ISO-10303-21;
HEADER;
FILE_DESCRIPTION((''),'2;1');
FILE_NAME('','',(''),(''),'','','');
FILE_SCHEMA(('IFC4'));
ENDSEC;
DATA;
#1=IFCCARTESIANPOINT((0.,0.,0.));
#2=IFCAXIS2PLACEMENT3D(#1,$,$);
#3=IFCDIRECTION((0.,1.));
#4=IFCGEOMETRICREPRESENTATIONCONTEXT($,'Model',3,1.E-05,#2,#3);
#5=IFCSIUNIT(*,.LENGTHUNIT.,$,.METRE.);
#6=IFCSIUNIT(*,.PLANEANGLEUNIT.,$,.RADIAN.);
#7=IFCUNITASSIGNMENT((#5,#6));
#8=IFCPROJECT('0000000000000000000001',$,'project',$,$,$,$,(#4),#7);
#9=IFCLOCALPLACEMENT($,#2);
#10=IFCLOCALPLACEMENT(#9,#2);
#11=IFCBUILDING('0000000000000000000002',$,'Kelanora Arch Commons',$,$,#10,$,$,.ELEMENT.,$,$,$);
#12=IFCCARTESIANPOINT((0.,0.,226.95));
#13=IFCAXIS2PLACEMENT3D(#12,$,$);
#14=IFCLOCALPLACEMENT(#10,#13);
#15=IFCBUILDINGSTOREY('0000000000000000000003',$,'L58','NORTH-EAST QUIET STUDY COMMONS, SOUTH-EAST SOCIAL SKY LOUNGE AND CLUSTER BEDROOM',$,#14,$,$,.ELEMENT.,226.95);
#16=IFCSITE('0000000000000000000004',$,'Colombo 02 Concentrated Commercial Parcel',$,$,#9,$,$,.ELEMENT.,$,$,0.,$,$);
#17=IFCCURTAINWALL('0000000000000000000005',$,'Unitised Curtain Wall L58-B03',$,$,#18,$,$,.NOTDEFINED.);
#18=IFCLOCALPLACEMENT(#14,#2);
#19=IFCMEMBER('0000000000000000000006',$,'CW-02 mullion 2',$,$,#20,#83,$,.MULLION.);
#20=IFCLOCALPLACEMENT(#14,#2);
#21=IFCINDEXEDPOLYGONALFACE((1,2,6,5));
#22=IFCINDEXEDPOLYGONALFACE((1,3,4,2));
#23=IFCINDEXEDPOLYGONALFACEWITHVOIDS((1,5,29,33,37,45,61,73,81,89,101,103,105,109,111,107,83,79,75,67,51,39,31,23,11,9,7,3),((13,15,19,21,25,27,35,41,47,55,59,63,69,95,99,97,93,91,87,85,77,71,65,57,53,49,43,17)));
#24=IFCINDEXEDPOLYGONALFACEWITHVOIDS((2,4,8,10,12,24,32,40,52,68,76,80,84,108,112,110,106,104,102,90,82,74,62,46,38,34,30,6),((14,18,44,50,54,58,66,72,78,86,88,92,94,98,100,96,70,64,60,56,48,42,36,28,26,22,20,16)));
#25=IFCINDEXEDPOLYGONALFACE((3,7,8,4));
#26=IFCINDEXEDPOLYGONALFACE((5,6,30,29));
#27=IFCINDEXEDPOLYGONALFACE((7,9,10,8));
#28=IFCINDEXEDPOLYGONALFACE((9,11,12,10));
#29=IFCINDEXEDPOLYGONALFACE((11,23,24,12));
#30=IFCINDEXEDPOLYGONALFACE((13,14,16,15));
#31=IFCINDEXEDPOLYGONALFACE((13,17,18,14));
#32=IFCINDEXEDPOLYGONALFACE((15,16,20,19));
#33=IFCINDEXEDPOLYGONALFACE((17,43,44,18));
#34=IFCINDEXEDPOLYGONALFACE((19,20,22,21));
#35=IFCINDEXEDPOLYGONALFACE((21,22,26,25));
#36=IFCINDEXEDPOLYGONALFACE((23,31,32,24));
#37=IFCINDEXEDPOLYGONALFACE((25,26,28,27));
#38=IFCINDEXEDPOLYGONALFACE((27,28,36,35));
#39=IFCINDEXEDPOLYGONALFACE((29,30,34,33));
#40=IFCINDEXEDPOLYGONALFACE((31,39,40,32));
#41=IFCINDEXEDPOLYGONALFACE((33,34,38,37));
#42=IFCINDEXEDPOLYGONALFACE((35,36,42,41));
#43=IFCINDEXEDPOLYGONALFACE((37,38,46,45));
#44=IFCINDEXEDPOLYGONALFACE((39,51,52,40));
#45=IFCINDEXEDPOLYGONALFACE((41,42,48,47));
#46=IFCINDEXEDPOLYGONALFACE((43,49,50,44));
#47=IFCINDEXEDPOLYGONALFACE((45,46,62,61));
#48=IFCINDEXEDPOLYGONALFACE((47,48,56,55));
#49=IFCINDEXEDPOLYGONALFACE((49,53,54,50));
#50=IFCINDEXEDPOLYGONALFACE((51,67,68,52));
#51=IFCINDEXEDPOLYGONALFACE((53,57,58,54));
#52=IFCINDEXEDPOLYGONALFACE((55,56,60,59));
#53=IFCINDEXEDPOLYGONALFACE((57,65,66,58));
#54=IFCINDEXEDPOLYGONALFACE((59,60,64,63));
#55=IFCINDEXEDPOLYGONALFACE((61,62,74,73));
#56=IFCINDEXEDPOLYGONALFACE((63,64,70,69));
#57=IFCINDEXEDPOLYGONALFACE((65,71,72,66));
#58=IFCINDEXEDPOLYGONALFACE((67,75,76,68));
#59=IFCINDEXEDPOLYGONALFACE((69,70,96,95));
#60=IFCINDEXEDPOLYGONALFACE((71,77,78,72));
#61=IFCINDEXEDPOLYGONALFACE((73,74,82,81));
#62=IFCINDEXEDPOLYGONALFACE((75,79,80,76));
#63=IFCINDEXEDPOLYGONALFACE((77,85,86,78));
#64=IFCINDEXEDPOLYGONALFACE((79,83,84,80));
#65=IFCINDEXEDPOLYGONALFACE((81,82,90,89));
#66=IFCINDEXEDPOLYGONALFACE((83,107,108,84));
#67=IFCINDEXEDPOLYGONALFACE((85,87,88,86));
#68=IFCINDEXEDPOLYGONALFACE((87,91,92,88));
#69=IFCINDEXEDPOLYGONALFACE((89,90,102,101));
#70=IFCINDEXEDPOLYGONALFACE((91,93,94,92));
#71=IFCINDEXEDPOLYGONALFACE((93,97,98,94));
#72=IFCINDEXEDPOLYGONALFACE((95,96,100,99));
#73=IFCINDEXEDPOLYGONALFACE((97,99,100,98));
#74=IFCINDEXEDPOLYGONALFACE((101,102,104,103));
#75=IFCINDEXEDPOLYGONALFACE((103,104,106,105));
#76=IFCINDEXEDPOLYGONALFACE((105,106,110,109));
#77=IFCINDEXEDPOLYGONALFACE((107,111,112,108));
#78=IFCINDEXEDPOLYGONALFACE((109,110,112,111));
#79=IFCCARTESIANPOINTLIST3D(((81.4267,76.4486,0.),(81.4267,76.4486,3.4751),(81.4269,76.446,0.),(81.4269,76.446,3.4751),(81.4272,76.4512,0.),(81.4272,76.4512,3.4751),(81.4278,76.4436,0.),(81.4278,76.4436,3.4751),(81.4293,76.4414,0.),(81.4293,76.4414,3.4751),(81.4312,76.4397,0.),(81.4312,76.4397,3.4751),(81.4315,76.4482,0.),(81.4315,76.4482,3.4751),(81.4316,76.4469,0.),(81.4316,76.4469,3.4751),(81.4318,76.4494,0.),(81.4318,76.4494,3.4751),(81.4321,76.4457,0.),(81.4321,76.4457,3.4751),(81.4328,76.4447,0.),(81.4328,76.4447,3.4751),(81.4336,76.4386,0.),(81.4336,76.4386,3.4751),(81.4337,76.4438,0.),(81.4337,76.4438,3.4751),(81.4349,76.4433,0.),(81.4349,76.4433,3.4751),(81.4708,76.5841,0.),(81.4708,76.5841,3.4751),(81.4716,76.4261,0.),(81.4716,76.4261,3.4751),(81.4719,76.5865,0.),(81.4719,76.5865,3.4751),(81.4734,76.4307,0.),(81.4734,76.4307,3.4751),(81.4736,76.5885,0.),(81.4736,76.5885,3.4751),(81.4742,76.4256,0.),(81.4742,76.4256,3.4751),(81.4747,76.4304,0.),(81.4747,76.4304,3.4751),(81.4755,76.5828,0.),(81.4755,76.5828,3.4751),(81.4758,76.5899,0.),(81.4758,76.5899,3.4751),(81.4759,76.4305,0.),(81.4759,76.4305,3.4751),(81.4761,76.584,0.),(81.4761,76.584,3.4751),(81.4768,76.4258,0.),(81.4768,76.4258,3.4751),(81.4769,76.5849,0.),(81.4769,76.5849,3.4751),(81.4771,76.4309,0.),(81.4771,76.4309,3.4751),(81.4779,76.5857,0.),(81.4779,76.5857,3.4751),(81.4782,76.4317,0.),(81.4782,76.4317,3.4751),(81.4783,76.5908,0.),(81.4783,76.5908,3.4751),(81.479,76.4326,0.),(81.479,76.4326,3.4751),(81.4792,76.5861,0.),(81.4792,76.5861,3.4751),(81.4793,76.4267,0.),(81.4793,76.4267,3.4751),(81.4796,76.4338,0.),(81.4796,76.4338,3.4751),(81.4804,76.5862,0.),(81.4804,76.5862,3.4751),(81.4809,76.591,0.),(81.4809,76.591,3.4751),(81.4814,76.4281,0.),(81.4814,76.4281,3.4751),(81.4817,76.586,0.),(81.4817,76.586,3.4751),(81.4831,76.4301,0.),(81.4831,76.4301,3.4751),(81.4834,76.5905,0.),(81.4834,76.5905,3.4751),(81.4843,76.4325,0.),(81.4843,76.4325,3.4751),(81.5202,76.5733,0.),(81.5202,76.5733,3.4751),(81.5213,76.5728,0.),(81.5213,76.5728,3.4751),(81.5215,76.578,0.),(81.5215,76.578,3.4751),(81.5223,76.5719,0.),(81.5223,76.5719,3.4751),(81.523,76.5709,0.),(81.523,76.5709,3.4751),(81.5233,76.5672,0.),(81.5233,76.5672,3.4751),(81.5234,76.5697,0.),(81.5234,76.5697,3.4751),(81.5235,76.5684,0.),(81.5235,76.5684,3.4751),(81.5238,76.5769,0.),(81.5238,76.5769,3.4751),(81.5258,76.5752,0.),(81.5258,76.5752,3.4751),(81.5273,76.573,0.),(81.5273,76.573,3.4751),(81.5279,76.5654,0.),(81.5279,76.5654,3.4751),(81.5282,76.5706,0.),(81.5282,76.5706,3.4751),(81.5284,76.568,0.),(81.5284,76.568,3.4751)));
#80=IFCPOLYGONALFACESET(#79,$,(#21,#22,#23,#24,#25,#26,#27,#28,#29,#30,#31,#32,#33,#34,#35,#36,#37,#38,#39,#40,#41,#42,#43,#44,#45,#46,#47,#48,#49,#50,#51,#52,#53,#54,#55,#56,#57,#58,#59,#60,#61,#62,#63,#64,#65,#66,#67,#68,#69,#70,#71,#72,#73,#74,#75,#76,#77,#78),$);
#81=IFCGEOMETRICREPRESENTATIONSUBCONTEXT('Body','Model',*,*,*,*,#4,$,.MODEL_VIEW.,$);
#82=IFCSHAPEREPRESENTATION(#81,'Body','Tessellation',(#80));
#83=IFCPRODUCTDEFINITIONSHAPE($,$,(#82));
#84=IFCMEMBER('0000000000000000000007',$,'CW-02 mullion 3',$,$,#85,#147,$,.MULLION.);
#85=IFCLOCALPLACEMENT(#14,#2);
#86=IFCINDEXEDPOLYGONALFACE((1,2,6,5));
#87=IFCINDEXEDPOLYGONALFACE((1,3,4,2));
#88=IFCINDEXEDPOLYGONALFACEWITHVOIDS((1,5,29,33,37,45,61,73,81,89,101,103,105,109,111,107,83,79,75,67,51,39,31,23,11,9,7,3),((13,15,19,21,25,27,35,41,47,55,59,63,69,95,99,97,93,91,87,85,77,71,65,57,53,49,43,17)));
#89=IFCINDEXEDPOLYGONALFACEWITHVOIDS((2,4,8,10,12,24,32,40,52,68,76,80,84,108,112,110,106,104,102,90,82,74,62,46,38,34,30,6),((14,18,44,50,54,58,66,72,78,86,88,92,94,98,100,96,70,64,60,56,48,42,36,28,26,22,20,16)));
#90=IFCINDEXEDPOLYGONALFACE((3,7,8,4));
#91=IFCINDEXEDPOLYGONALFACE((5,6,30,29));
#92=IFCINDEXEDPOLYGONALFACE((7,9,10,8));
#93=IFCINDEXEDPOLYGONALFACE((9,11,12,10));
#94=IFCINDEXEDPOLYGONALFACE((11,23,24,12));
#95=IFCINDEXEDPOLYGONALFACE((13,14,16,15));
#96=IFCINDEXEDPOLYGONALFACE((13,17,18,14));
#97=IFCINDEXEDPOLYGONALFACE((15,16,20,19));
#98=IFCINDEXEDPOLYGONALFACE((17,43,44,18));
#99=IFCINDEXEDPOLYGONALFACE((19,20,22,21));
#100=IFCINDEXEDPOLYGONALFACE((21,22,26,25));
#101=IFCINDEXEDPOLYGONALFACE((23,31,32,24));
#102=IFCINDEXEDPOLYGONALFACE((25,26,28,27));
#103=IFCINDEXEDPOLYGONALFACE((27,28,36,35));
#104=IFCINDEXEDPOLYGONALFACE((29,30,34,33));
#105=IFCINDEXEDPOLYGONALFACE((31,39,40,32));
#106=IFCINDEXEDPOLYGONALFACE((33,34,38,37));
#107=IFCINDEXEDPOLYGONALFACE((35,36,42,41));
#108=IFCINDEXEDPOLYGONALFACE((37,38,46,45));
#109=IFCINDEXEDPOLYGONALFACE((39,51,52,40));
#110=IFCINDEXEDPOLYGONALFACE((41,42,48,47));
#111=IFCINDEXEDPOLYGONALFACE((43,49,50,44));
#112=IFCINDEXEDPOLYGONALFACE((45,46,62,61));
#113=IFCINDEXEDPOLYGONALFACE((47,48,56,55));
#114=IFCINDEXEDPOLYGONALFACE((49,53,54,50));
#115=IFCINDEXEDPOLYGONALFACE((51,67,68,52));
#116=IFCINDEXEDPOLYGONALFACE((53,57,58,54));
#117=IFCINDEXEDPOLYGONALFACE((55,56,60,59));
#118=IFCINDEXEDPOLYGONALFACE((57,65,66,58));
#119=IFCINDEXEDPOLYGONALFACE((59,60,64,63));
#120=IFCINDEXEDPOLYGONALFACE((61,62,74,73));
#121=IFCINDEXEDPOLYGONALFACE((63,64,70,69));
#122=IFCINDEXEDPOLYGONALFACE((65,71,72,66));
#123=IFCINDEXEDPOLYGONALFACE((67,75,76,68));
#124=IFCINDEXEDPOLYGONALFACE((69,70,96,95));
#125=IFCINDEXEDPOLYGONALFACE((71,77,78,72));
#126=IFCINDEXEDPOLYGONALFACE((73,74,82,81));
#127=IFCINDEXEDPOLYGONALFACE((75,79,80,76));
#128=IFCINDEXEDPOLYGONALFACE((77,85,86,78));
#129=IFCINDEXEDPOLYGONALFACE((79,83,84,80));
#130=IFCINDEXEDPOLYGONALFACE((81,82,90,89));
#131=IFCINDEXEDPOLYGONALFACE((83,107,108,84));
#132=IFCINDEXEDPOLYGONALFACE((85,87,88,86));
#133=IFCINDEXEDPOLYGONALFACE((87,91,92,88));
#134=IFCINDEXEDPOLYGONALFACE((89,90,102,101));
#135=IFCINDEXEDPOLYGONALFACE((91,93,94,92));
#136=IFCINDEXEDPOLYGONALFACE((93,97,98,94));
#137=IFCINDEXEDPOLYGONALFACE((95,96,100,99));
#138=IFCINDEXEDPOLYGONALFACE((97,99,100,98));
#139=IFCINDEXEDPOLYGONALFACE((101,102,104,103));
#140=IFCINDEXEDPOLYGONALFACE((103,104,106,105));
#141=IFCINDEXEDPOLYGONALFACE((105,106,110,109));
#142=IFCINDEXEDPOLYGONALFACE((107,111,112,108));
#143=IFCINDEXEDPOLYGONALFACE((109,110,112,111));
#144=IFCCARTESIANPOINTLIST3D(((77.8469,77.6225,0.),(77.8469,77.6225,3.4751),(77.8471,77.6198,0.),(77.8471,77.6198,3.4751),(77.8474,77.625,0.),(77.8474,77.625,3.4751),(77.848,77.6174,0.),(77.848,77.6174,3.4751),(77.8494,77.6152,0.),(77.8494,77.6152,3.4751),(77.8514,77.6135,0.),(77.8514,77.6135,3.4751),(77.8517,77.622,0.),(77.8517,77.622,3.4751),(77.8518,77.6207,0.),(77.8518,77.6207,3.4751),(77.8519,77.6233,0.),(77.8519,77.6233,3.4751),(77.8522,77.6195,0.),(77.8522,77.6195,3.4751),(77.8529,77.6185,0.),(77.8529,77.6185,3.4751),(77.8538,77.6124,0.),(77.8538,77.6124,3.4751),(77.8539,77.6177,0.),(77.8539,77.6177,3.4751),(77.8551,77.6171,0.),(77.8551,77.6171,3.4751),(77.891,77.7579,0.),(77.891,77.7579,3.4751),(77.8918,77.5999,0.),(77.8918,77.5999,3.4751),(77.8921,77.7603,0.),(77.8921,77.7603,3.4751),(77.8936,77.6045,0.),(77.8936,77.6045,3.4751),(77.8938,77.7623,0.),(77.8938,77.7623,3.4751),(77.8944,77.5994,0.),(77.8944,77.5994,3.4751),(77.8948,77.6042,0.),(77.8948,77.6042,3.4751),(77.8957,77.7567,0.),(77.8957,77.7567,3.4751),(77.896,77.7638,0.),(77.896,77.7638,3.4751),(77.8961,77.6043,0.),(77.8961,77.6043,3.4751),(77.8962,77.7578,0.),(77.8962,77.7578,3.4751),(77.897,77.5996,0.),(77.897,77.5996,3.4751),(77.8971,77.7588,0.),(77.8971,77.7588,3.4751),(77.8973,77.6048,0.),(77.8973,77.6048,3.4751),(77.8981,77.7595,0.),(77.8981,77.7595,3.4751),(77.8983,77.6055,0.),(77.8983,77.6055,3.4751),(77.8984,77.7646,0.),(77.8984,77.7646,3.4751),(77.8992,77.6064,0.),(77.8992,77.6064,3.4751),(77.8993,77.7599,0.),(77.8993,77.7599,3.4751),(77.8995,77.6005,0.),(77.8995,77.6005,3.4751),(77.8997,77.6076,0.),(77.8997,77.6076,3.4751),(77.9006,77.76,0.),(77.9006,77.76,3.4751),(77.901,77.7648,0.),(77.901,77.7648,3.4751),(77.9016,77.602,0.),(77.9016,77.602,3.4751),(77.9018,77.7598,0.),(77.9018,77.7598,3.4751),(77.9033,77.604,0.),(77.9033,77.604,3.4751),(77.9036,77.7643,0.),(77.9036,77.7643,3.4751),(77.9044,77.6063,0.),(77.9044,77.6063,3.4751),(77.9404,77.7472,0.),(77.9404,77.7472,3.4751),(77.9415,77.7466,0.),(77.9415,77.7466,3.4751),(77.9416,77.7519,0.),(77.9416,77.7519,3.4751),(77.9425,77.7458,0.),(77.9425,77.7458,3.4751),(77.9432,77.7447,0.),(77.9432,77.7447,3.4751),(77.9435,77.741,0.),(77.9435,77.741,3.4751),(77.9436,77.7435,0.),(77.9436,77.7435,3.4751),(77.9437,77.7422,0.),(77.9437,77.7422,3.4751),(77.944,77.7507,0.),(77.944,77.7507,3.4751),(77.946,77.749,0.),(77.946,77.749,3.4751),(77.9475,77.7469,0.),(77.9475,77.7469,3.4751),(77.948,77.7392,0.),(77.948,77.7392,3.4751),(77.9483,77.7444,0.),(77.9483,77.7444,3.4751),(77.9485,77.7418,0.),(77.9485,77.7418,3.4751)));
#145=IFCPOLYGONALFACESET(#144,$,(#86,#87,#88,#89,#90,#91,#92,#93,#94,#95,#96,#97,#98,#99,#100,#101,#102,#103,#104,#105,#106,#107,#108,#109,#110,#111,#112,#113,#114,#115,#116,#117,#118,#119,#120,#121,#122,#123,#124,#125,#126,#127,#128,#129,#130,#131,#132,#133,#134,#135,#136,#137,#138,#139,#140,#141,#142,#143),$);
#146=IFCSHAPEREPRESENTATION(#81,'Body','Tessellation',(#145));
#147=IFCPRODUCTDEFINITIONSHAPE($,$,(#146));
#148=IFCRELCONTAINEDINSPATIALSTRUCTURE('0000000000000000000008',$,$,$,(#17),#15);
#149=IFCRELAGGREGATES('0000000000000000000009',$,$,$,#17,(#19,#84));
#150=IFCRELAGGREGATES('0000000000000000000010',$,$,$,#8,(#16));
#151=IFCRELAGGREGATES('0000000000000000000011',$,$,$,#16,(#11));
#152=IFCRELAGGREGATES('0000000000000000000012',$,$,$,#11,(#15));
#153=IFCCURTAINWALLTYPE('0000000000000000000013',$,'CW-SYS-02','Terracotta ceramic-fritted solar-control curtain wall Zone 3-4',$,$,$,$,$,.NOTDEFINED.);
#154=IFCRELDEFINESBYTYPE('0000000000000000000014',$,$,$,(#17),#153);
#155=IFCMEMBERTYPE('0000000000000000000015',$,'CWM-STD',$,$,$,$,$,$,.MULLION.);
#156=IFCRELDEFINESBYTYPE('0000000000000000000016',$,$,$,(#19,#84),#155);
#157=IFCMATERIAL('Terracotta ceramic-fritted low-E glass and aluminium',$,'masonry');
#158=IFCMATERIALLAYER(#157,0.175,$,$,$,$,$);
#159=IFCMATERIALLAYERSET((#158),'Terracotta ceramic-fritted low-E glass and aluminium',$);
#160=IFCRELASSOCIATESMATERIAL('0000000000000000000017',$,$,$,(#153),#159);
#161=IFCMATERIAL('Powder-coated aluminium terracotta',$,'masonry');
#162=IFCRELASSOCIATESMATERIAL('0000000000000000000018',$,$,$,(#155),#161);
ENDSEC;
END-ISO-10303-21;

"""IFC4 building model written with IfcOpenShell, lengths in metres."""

from ifc_helpers import new_model, si_unit, direction, frame, origin, origin_2d, place, context, subcontext, project, spatial, hollow_rectangle, extrude, material, layer, layer_set, material_profile, profile_set, type_object, element, aggregate, save


model = new_model("IFC4")

# Units and contexts
model_context = context("Model", 3, precision=1e-05, world=origin(), true_north=direction((0.0, 1.0)))
body_context = subcontext(model_context, "Body", "Model", "MODEL_VIEW")
ifc_project = project(units=[si_unit("LENGTHUNIT", "METRE"), si_unit("PLANEANGLEUNIT", "RADIAN")], contexts=[model_context])

# Site, building, storey
site_placement = place(None, origin())
site = spatial("IfcSite", under=ifc_project, at=site_placement, Name="Colombo 02 Concentrated Commercial Parcel", CompositionType="ELEMENT", RefElevation=0.0)
building_placement = place(site_placement, origin())
building = spatial("IfcBuilding", under=site, at=building_placement, Name="Kelanora Arch Commons", CompositionType="ELEMENT")
storey_placement = place(building_placement, frame((0.0, 0.0, 226.95)))
storey = spatial("IfcBuildingStorey", under=building, at=storey_placement, Name="L58", Description="NORTH-EAST QUIET STUDY COMMONS, SOUTH-EAST SOCIAL SKY LOUNGE AND CLUSTER BEDROOM", CompositionType="ELEMENT", Elevation=226.95)

# Curtain wall, members
ifc_material_1 = material(Name="Terracotta ceramic-fritted low-E glass and aluminium", Category="masonry")
ifc_layer_1 = layer(ifc_material_1, 0.175)
ifc_layer_set_1 = layer_set([ifc_layer_1], Name="Terracotta ceramic-fritted low-E glass and aluminium")
curtain_wall_type = type_object("IfcCurtainWallType", Name="CW-SYS-02", Description="Terracotta ceramic-fritted solar-control curtain wall Zone 3-4", PredefinedType="NOTDEFINED", material=ifc_layer_set_1)
curtain_wall_placement = place(storey_placement, origin())
curtain_wall = element("IfcCurtainWall", 1, at=curtain_wall_placement, inside=storey, type_object=curtain_wall_type, Name="Unitised Curtain Wall L58-B03", PredefinedType="NOTDEFINED")
ifc_material_2 = material(Name="Powder-coated aluminium terracotta", Category="masonry")
ifc_material_profile_1 = material_profile(ifc_material_2, hollow_rectangle(XDim=0.1599, YDim=0.0601, WallThickness=0.0049, InnerFilletRadius=0.0049, OuterFilletRadius=0.01, at=origin_2d()), Name="CWM160x60")
ifc_profile_set_1 = profile_set([ifc_material_profile_1], Name="Powder-coated aluminium terracotta")
member_type_1 = type_object("IfcMemberType", Name="CWM-STD", PredefinedType="MULLION", material=ifc_profile_set_1)
member_1_placement = place(storey_placement, frame((81.4775, 76.5083, 0.0), z_axis=(0.0, 0.0, 1.0), x_axis=(-0.311582, -0.950219, 0.0)))
member_1 = element("IfcMember", 2, at=member_1_placement, type_object=member_type_1, Name="CW-02 mullion 2", PredefinedType="MULLION", context=body_context, shape_type="SweptSolid", body=[
    extrude(hollow_rectangle(XDim=0.1599, YDim=0.0601, WallThickness=0.0049, InnerFilletRadius=0.0049, OuterFilletRadius=0.01, at=origin_2d()), origin(), (0.0, 0.0, 1.0), 3.4751),
])
member_2_placement = place(storey_placement, frame((77.8977, 77.6821, 0.0), z_axis=(0.0, 0.0, 1.0), x_axis=(-0.311582, -0.950219, 0.0)))
member_2 = element("IfcMember", 3, at=member_2_placement, type_object=member_type_1, Name="CW-02 mullion 3", PredefinedType="MULLION", context=body_context, shape_type="SweptSolid", body=[
    extrude(hollow_rectangle(XDim=0.1599, YDim=0.0601, WallThickness=0.0049, InnerFilletRadius=0.0049, OuterFilletRadius=0.01, at=origin_2d()), origin(), (0.0, 0.0, 1.0), 3.4751),
])
aggregate(curtain_wall, [member_1, member_2])

save(model, "model.ifc")
